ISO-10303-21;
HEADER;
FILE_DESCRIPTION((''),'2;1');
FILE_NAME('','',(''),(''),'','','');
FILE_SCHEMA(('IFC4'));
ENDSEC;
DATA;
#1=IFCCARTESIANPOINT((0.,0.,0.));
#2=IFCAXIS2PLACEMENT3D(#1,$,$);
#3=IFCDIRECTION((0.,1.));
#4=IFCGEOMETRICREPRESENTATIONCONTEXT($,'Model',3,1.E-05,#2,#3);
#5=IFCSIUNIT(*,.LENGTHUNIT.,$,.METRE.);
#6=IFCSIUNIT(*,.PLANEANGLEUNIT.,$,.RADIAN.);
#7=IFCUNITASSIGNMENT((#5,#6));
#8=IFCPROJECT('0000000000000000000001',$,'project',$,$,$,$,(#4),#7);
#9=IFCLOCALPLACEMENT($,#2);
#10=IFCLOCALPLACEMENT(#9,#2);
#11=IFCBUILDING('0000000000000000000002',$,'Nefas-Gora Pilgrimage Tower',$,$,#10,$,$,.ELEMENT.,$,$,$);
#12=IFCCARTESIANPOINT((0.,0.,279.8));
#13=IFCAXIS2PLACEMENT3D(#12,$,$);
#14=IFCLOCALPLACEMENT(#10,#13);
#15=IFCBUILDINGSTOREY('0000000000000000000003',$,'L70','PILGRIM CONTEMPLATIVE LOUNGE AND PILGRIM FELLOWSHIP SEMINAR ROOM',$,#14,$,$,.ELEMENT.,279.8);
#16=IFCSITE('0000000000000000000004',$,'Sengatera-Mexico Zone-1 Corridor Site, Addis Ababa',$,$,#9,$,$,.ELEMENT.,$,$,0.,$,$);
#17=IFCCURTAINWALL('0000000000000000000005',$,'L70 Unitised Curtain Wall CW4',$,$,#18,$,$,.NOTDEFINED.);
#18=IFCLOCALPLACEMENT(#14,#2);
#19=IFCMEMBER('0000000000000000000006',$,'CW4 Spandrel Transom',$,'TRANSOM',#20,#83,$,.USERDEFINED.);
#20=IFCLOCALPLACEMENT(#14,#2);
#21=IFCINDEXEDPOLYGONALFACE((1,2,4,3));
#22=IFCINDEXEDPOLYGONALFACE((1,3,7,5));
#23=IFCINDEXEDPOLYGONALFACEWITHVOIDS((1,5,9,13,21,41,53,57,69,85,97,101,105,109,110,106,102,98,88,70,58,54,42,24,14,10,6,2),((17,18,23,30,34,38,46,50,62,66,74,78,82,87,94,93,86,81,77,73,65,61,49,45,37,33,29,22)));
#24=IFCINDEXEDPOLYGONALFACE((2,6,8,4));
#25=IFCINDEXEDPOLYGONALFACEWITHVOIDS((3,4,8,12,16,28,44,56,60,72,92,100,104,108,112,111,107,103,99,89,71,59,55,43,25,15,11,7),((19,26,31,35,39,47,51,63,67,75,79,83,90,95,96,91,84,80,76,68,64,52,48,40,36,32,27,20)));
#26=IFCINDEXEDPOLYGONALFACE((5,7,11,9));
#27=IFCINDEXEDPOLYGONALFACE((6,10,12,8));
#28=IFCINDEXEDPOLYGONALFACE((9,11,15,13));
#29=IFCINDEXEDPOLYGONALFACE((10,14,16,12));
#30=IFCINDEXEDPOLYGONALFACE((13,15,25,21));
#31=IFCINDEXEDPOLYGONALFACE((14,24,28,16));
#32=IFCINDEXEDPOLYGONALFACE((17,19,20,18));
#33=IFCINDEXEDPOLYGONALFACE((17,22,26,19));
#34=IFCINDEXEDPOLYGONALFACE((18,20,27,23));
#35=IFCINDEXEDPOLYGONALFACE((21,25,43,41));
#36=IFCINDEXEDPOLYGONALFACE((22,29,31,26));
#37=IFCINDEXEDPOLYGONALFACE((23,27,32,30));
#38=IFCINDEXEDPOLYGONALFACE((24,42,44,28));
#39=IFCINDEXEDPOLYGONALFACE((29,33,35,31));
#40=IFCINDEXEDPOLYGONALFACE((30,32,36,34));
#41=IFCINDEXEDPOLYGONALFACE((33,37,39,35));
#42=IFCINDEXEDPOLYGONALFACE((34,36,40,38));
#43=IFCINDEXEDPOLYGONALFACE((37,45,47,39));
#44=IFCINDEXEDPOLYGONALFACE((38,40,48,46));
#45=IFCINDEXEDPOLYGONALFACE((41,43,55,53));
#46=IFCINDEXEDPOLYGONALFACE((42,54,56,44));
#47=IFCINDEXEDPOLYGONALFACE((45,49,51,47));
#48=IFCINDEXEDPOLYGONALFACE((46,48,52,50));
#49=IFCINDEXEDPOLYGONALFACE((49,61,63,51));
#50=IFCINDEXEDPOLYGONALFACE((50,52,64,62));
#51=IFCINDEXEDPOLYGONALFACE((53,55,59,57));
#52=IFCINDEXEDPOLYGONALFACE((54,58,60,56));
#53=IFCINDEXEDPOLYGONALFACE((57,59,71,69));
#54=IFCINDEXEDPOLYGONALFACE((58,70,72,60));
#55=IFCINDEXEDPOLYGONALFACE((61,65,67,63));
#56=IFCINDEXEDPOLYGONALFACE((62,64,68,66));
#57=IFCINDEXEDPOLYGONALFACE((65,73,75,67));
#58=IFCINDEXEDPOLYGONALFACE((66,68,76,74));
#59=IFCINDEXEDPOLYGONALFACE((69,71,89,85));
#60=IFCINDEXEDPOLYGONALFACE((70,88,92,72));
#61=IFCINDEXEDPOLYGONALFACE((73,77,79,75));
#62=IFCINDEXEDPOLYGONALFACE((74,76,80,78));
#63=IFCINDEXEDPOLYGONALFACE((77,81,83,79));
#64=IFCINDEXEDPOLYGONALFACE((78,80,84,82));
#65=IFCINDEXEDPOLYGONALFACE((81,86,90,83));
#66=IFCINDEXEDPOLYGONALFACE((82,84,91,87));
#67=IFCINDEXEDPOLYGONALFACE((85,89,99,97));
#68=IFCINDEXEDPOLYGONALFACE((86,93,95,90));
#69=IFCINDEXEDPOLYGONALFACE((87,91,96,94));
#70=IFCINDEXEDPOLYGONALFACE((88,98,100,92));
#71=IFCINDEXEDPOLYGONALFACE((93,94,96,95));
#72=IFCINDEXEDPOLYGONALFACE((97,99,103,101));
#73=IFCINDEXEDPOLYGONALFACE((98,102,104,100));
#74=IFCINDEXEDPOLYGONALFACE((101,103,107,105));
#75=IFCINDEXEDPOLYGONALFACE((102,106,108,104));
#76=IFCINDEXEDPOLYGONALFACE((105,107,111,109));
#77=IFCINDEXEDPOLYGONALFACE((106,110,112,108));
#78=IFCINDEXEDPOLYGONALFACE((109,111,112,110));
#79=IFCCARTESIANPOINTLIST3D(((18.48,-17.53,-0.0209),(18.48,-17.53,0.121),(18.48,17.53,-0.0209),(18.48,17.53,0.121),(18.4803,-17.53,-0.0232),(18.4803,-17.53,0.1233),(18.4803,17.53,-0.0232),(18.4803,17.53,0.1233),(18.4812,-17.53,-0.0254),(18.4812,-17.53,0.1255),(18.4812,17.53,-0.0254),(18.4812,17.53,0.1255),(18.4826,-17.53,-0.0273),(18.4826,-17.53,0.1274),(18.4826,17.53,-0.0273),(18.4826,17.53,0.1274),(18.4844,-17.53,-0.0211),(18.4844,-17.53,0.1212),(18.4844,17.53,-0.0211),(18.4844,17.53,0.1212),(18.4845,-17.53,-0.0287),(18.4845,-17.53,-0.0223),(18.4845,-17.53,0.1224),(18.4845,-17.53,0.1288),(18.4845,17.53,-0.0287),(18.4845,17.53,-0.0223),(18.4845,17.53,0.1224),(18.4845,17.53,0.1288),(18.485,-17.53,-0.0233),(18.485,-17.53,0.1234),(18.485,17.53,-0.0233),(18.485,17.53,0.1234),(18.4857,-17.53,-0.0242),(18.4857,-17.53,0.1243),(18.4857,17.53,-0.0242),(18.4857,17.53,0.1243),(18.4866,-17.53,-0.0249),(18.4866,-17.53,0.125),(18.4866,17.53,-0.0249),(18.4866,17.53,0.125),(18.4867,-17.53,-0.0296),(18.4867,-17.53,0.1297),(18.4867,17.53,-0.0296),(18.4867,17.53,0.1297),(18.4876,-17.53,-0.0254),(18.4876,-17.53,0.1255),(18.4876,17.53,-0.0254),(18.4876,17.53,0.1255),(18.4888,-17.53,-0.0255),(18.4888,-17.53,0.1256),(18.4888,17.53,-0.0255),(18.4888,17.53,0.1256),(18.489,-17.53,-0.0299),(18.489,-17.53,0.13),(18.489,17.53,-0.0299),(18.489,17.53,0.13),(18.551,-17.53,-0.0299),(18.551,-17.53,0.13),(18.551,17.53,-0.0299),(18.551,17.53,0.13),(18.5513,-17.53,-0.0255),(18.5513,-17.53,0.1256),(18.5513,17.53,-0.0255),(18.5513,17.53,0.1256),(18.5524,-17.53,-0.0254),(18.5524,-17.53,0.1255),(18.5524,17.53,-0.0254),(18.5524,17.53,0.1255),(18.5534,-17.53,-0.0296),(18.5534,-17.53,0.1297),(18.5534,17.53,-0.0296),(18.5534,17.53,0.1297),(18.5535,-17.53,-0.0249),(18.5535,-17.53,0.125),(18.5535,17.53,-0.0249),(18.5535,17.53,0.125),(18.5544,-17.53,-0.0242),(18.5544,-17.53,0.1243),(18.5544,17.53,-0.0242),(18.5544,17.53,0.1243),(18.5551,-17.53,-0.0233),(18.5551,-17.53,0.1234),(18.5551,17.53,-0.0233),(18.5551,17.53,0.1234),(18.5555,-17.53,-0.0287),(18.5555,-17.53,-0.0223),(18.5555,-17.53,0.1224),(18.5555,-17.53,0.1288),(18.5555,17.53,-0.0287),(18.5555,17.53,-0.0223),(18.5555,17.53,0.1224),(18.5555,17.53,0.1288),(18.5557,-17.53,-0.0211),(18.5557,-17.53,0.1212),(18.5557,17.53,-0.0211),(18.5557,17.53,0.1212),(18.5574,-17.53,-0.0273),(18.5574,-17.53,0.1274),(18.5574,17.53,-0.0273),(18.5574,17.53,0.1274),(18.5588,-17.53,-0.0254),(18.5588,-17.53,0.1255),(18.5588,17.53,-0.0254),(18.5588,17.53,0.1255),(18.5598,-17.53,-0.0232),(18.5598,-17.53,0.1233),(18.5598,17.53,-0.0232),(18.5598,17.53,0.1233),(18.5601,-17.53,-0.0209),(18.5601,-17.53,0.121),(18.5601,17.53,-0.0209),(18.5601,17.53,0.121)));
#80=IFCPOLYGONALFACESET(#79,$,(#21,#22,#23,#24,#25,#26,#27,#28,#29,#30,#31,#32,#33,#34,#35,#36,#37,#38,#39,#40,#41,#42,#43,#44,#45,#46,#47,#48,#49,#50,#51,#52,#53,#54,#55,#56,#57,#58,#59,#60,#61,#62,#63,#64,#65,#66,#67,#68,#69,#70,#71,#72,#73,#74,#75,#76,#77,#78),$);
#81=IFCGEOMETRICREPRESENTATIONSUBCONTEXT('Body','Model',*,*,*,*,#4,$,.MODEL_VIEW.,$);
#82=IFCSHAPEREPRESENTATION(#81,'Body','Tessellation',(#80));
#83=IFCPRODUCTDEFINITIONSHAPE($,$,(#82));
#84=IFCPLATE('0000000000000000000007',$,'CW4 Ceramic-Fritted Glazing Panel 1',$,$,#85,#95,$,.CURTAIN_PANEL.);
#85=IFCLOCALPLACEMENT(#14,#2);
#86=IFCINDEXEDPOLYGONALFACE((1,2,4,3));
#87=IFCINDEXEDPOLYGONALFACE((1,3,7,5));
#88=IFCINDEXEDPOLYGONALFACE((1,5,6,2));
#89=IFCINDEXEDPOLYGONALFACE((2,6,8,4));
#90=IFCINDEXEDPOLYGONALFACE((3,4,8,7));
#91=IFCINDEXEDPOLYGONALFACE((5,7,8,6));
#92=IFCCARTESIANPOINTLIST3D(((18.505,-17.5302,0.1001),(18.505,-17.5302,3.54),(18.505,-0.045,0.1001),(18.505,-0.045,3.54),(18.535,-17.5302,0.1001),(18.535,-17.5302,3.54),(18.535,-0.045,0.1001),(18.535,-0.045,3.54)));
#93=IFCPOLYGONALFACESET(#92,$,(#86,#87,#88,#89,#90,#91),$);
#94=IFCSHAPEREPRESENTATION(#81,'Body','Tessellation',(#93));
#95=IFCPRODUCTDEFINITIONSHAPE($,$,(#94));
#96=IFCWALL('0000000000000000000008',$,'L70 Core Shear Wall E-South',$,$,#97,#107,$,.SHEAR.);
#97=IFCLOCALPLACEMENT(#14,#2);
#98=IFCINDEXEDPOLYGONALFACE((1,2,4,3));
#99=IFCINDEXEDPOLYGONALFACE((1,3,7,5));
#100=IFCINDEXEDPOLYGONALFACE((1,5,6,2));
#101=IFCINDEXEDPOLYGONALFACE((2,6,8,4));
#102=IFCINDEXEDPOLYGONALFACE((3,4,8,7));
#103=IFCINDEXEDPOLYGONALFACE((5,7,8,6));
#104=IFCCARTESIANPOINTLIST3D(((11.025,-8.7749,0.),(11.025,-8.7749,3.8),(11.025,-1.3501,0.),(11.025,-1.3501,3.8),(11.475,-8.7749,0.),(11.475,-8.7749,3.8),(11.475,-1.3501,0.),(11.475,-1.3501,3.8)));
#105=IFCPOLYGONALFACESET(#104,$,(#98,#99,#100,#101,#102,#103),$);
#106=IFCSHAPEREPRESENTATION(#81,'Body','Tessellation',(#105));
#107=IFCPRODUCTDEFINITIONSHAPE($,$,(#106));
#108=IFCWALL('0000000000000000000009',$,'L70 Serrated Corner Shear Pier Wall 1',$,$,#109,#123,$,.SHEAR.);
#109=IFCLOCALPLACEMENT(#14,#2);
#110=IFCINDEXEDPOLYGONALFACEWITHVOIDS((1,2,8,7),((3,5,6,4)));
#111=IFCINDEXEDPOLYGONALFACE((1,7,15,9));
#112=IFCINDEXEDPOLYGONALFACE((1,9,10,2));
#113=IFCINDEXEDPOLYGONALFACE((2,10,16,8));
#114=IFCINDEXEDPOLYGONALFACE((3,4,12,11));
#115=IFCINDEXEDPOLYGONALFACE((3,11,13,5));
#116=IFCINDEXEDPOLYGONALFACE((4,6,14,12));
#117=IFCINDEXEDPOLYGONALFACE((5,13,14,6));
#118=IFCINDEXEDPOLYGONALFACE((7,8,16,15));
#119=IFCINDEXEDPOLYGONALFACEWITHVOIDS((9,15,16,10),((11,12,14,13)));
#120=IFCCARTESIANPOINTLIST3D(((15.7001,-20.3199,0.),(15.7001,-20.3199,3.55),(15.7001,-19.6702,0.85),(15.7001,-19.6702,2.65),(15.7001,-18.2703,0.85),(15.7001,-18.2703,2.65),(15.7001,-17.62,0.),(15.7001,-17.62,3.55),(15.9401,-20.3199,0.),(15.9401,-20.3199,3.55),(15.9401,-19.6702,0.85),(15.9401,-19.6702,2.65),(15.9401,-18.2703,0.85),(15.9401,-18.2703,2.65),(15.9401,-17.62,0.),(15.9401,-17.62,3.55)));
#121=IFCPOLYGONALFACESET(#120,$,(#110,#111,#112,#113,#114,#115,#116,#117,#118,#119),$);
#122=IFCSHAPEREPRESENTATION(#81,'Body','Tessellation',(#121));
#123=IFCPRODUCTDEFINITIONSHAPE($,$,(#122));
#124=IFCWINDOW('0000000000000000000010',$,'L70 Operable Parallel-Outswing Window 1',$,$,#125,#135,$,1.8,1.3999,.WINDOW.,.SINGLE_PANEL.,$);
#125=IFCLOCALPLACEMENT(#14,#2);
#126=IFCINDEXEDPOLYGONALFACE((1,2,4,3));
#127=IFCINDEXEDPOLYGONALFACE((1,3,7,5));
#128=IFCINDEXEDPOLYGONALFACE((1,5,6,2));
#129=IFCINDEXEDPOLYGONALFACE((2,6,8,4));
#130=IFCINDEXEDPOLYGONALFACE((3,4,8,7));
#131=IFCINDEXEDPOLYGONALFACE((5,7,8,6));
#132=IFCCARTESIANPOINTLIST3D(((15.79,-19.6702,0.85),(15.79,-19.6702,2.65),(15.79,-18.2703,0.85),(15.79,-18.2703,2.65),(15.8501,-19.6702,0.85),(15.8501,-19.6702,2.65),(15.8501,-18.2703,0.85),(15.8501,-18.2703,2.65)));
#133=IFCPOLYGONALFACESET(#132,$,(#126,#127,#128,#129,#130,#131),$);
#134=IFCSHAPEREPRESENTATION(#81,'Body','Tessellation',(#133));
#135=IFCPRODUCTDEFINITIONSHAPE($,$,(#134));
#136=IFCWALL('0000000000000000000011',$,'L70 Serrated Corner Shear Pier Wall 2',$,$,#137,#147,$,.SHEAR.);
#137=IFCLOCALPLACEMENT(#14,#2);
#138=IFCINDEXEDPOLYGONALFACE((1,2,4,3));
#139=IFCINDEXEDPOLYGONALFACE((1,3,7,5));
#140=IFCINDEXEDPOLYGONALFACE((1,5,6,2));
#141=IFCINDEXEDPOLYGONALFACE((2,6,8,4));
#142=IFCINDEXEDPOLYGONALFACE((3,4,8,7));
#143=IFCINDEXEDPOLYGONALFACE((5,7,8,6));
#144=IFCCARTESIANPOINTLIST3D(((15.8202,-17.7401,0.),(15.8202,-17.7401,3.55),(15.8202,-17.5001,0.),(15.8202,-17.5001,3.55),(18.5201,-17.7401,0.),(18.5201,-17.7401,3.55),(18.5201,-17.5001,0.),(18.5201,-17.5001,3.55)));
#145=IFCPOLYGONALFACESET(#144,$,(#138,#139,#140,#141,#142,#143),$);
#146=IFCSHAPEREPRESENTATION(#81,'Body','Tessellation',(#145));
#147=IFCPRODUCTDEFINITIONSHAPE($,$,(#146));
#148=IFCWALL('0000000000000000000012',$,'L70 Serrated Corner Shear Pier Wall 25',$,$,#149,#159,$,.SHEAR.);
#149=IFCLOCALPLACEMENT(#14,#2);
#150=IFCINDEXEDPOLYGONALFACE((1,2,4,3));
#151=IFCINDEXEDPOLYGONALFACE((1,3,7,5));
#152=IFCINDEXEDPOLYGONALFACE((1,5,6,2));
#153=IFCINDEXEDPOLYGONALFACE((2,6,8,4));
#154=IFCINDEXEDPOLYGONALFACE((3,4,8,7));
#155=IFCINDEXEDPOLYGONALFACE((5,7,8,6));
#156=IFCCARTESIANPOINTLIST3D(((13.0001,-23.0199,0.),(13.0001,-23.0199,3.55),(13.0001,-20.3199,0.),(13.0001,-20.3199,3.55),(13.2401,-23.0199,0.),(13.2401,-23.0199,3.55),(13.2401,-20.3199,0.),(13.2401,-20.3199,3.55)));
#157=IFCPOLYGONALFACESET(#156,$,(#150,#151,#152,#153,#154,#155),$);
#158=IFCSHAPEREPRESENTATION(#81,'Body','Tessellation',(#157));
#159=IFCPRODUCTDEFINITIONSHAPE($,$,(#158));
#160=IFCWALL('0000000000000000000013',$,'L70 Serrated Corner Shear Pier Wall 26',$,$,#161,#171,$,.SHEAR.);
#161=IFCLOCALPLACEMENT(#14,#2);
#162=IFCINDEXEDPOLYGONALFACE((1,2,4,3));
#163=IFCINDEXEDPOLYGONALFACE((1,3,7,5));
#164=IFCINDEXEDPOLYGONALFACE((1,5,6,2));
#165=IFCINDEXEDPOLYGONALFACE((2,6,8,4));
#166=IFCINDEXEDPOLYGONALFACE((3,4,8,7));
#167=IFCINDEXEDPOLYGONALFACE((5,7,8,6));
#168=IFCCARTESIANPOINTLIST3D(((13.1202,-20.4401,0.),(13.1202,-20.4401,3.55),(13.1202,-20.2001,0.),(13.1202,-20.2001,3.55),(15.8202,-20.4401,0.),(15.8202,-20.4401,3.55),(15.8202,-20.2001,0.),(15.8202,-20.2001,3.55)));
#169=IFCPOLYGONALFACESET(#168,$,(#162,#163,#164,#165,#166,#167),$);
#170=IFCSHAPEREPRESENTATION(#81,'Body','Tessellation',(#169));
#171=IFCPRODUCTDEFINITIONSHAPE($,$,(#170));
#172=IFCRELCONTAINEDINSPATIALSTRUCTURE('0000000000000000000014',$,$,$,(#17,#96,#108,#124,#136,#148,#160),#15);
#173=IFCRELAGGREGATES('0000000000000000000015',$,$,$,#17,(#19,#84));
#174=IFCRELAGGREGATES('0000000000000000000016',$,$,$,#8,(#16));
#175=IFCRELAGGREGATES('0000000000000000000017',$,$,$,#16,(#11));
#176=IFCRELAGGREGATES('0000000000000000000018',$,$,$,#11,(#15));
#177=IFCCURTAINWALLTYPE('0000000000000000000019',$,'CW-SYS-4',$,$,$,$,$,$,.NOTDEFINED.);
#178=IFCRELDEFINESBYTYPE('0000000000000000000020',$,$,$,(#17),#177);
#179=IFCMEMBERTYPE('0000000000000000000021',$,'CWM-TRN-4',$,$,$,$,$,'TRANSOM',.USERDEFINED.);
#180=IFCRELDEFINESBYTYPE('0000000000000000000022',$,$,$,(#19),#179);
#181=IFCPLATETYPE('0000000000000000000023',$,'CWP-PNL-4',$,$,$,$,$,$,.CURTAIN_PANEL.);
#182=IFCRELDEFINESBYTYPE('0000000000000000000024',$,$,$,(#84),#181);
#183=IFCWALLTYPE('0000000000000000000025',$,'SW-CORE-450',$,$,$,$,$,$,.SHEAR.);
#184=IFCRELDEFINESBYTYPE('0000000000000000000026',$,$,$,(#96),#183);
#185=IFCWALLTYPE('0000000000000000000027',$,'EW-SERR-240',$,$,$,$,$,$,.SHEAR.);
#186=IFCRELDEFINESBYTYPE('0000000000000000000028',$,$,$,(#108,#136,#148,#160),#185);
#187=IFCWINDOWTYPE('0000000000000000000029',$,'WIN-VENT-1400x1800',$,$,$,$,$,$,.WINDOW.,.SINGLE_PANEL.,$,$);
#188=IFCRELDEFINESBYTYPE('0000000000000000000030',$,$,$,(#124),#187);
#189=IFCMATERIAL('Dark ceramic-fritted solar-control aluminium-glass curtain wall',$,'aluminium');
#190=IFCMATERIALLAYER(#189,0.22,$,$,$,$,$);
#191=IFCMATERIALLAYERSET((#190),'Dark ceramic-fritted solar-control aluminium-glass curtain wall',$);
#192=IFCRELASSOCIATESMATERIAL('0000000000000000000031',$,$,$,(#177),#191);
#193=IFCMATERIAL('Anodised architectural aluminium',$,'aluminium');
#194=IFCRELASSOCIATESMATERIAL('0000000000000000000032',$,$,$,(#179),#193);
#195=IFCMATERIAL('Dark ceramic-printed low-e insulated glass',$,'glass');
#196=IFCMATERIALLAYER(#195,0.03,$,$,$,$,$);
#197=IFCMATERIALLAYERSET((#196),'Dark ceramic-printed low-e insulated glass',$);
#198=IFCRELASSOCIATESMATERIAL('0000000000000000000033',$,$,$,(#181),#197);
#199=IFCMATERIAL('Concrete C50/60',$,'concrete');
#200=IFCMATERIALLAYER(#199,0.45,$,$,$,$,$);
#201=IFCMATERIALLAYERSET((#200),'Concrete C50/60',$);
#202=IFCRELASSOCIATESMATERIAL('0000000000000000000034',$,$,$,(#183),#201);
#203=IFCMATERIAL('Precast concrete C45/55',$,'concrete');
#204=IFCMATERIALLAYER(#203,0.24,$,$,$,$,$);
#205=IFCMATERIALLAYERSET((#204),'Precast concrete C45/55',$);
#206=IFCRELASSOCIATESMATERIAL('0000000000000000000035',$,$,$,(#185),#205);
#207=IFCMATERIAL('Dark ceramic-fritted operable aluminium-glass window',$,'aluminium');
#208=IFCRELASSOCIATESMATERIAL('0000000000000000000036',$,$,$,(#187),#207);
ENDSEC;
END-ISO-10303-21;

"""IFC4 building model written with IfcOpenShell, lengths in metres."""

from ifc_helpers import new_model, si_unit, direction, frame, frame_2d, origin, origin_2d, place, context, subcontext, project, spatial, rectangle, hollow_rectangle, extrude, source, transform, mapped, material, layer, layer_set, material_profile, profile_set, type_object, element, fill, aggregate, save


model = new_model("IFC4")

# Units and contexts
model_context = context("Model", 3, precision=1e-05, world=origin(), true_north=direction((0.0, 1.0)))
body_context = subcontext(model_context, "Body", "Model", "MODEL_VIEW")
ifc_project = project(units=[si_unit("LENGTHUNIT", "METRE"), si_unit("PLANEANGLEUNIT", "RADIAN")], contexts=[model_context])

# Site, building, storey
site_placement = place(None, origin())
site = spatial("IfcSite", under=ifc_project, at=site_placement, Name="Sengatera-Mexico Zone-1 Corridor Site, Addis Ababa", CompositionType="ELEMENT", RefElevation=0.0)
building_placement = place(site_placement, origin())
building = spatial("IfcBuilding", under=site, at=building_placement, Name="Nefas-Gora Pilgrimage Tower", CompositionType="ELEMENT")
storey_placement = place(building_placement, frame((0.0, 0.0, 279.8)))
storey = spatial("IfcBuildingStorey", under=building, at=storey_placement, Name="L70", Description="PILGRIM CONTEMPLATIVE LOUNGE AND PILGRIM FELLOWSHIP SEMINAR ROOM", CompositionType="ELEMENT", Elevation=279.8)

# Curtain wall
ifc_material_1 = material(Name="Dark ceramic-fritted solar-control aluminium-glass curtain wall", Category="aluminium")
ifc_layer_1 = layer(ifc_material_1, 0.22)
ifc_layer_set_1 = layer_set([ifc_layer_1], Name="Dark ceramic-fritted solar-control aluminium-glass curtain wall")
curtain_wall_type = type_object("IfcCurtainWallType", Name="CW-SYS-4", PredefinedType="NOTDEFINED", material=ifc_layer_set_1)
curtain_wall_1_placement = place(storey_placement, origin())
curtain_wall_1 = element("IfcCurtainWall", 1, at=curtain_wall_1_placement, inside=storey, type_object=curtain_wall_type, Name="L70 Unitised Curtain Wall CW4", PredefinedType="NOTDEFINED")
ifc_material_2 = material(Name="Anodised architectural aluminium", Category="aluminium")

# Member
ifc_material_profile_1 = material_profile(ifc_material_2, hollow_rectangle(XDim=0.0801, YDim=0.1599, WallThickness=0.0044, InnerFilletRadius=0.0044, OuterFilletRadius=0.009, at=origin_2d()), Name="ALU TRANSOM 80x160")
ifc_profile_set_1 = profile_set([ifc_material_profile_1], Name="Anodised architectural aluminium")
member_type_1 = type_object("IfcMemberType", Name="CWM-TRN-4", ElementType="TRANSOM", PredefinedType="USERDEFINED", material=ifc_profile_set_1)
shared_shape_1 = source(origin(), body_context, "Body", "SweptSolid", [
    extrude(hollow_rectangle(XDim=0.0801, YDim=0.1599, WallThickness=0.0044, InnerFilletRadius=0.0044, OuterFilletRadius=0.009, at=origin_2d()), origin(), (0.0, 0.0, 1.0), 35.0601),
])
member_1_placement = place(storey_placement, frame((18.52, -17.53, 0.05), z_axis=(0.0, 1.0, 0.0), x_axis=(-1.0, 0.0, 0.0)))
member_1 = element("IfcMember", 2, at=member_1_placement, type_object=member_type_1, Name="CW4 Spandrel Transom", ObjectType="TRANSOM", PredefinedType="USERDEFINED", context=body_context, shape_type="MappedRepresentation", body=[
    mapped(shared_shape_1, transform((0.0, 0.0, 0.0), x_axis=(1.0, 0.0, 0.0), y_axis=(0.0, 1.0, 0.0), z_axis=(0.0, 0.0, 1.0), scale=1.0)),
])

# Plate
ifc_material_3 = material(Name="Dark ceramic-printed low-e insulated glass", Category="glass")
ifc_layer_2 = layer(ifc_material_3, 0.03)
ifc_layer_set_2 = layer_set([ifc_layer_2], Name="Dark ceramic-printed low-e insulated glass")
plate_type = type_object("IfcPlateType", Name="CWP-PNL-4", PredefinedType="CURTAIN_PANEL", material=ifc_layer_set_2)
shared_shape_2 = source(origin(), body_context, "Body", "SweptSolid", [
    extrude(rectangle(XDim=17.4851, YDim=0.03, at=origin_2d()), origin(), (0.0, 0.0, 1.0), 3.4399),
])
plate_placement = place(storey_placement, frame((18.52, -8.7876, 0.1001), z_axis=(0.0, 0.0, 1.0), x_axis=(0.0, 1.0, 0.0)))
plate = element("IfcPlate", 3, at=plate_placement, type_object=plate_type, Name="CW4 Ceramic-Fritted Glazing Panel 1", PredefinedType="CURTAIN_PANEL", context=body_context, shape_type="MappedRepresentation", body=[
    mapped(shared_shape_2, transform((0.0, 0.0, 0.0), x_axis=(1.0, 0.0, 0.0), y_axis=(0.0, 1.0, 0.0), z_axis=(0.0, 0.0, 1.0), scale=1.0)),
])
aggregate(curtain_wall_1, [member_1, plate])

# Wall
ifc_material_4 = material(Name="Concrete C50/60", Category="concrete")
ifc_layer_3 = layer(ifc_material_4, 0.45)
ifc_layer_set_3 = layer_set([ifc_layer_3], Name="Concrete C50/60")
wall_type_1 = type_object("IfcWallType", Name="SW-CORE-450", PredefinedType="SHEAR", material=ifc_layer_set_3)
shared_shape_3 = source(origin(), body_context, "Body", "SweptSolid", [
    extrude(rectangle(XDim=7.4248, YDim=0.45, at=frame_2d((3.7124, 0.0))), origin(), (0.0, 0.0, 1.0), 3.8),
])
wall_1_placement = place(storey_placement, frame((11.25, -8.7749, 0.0), z_axis=(0.0, 0.0, 1.0), x_axis=(0.0, 1.0, 0.0)))
element("IfcWall", 4, at=wall_1_placement, inside=storey, type_object=wall_type_1, Name="L70 Core Shear Wall E-South", PredefinedType="SHEAR", context=body_context, shape_type="MappedRepresentation", body=[
    mapped(shared_shape_3, transform((0.0, 0.0, 0.0), x_axis=(1.0, 0.0, 0.0), y_axis=(0.0, 1.0, 0.0), z_axis=(0.0, 0.0, 1.0), scale=1.0)),
])

# Wall, opening, window
ifc_material_5 = material(Name="Precast concrete C45/55", Category="concrete")
ifc_layer_4 = layer(ifc_material_5, 0.24)
ifc_layer_set_4 = layer_set([ifc_layer_4], Name="Precast concrete C45/55")
wall_type_2 = type_object("IfcWallType", Name="EW-SERR-240", PredefinedType="SHEAR", material=ifc_layer_set_4)
shared_shape_4 = source(origin(), body_context, "Body", "SweptSolid", [
    extrude(rectangle(XDim=2.7, YDim=0.24, at=frame_2d((1.3501, 0.0))), origin(), (0.0, 0.0, 1.0), 3.55),
])
wall_2_placement = place(storey_placement, frame((15.8201, -20.3201, 0.0), z_axis=(0.0, 0.0, 1.0), x_axis=(0.0, 1.0, 0.0)))
wall_2 = element("IfcWall", 5, at=wall_2_placement, inside=storey, type_object=wall_type_2, Name="L70 Serrated Corner Shear Pier Wall 1", PredefinedType="SHEAR", context=body_context, shape_type="MappedRepresentation", body=[
    mapped(shared_shape_4, transform((0.0, 0.0, 0.0), x_axis=(1.0, 0.0, 0.0), y_axis=(0.0, 1.0, 0.0), z_axis=(0.0, 0.0, 1.0), scale=1.0)),
])
opening_1_placement = place(wall_2_placement, frame((0.6499, 0.0, 0.8501)))
opening_1 = element("IfcOpeningElement", 6, at=opening_1_placement, cuts=wall_2, PredefinedType="OPENING", context=body_context, shape_type="SweptSolid", body=[
    extrude(rectangle(XDim=1.3999, YDim=1.8, at=frame_2d((0.7, 0.8999))), frame((0.0, 0.1299, 0.0), z_axis=(0.0, -1.0, 0.0), x_axis=(1.0, 0.0, 0.0)), (0.0, 0.0, 1.0), 0.26),
])
ifc_material_6 = material(Name="Dark ceramic-fritted operable aluminium-glass window", Category="aluminium")
window_type = type_object("IfcWindowType", Name="WIN-VENT-1400x1800", PartitioningType="SINGLE_PANEL", PredefinedType="WINDOW", material=ifc_material_6)
shared_shape_5 = source(origin(), body_context, "Body", "SweptSolid", [
    extrude(rectangle(XDim=1.3999, YDim=1.8, at=frame_2d((0.7, 0.8999))), frame((0.0, 0.03, 0.0), z_axis=(0.0, -1.0, 0.0), x_axis=(1.0, 0.0, 0.0)), (0.0, 0.0, 1.0), 0.0601),
])
window_placement = place(opening_1_placement, origin())
window = element("IfcWindow", 7, at=window_placement, inside=storey, type_object=window_type, Name="L70 Operable Parallel-Outswing Window 1", OverallHeight=1.8, OverallWidth=1.3999, PartitioningType="SINGLE_PANEL", PredefinedType="WINDOW", context=body_context, shape_type="MappedRepresentation", body=[
    mapped(shared_shape_5, transform((0.0, 0.0, 0.0), x_axis=(1.0, 0.0, 0.0), y_axis=(0.0, 1.0, 0.0), z_axis=(0.0, 0.0, 1.0), scale=1.0)),
])
fill(opening_1, window)

# Walls
for number, where, z_axis, x_axis, name in (
    (8, (15.8201, -17.6201, 0.0), (0.0, 0.0, 1.0), (1.0, 0.0, 0.0), "L70 Serrated Corner Shear Pier Wall 2"),
    (9, (13.1201, -23.02, 0.0), (0.0, 0.0, 1.0), (0.0, 1.0, 0.0), "L70 Serrated Corner Shear Pier Wall 25"),
    (10, (13.1201, -20.3201, 0.0), (0.0, 0.0, 1.0), (1.0, 0.0, 0.0), "L70 Serrated Corner Shear Pier Wall 26"),
):
    element("IfcWall", number, at=place(storey_placement, frame(where, z_axis=z_axis, x_axis=x_axis)), inside=storey, type_object=wall_type_2, Name=name, PredefinedType="SHEAR", context=body_context, shape_type="MappedRepresentation", body=[
        mapped(shared_shape_4, transform((0.0, 0.0, 0.0), x_axis=(1.0, 0.0, 0.0), y_axis=(0.0, 1.0, 0.0), z_axis=(0.0, 0.0, 1.0), scale=1.0)),
    ])

save(model, "model.ifc")
